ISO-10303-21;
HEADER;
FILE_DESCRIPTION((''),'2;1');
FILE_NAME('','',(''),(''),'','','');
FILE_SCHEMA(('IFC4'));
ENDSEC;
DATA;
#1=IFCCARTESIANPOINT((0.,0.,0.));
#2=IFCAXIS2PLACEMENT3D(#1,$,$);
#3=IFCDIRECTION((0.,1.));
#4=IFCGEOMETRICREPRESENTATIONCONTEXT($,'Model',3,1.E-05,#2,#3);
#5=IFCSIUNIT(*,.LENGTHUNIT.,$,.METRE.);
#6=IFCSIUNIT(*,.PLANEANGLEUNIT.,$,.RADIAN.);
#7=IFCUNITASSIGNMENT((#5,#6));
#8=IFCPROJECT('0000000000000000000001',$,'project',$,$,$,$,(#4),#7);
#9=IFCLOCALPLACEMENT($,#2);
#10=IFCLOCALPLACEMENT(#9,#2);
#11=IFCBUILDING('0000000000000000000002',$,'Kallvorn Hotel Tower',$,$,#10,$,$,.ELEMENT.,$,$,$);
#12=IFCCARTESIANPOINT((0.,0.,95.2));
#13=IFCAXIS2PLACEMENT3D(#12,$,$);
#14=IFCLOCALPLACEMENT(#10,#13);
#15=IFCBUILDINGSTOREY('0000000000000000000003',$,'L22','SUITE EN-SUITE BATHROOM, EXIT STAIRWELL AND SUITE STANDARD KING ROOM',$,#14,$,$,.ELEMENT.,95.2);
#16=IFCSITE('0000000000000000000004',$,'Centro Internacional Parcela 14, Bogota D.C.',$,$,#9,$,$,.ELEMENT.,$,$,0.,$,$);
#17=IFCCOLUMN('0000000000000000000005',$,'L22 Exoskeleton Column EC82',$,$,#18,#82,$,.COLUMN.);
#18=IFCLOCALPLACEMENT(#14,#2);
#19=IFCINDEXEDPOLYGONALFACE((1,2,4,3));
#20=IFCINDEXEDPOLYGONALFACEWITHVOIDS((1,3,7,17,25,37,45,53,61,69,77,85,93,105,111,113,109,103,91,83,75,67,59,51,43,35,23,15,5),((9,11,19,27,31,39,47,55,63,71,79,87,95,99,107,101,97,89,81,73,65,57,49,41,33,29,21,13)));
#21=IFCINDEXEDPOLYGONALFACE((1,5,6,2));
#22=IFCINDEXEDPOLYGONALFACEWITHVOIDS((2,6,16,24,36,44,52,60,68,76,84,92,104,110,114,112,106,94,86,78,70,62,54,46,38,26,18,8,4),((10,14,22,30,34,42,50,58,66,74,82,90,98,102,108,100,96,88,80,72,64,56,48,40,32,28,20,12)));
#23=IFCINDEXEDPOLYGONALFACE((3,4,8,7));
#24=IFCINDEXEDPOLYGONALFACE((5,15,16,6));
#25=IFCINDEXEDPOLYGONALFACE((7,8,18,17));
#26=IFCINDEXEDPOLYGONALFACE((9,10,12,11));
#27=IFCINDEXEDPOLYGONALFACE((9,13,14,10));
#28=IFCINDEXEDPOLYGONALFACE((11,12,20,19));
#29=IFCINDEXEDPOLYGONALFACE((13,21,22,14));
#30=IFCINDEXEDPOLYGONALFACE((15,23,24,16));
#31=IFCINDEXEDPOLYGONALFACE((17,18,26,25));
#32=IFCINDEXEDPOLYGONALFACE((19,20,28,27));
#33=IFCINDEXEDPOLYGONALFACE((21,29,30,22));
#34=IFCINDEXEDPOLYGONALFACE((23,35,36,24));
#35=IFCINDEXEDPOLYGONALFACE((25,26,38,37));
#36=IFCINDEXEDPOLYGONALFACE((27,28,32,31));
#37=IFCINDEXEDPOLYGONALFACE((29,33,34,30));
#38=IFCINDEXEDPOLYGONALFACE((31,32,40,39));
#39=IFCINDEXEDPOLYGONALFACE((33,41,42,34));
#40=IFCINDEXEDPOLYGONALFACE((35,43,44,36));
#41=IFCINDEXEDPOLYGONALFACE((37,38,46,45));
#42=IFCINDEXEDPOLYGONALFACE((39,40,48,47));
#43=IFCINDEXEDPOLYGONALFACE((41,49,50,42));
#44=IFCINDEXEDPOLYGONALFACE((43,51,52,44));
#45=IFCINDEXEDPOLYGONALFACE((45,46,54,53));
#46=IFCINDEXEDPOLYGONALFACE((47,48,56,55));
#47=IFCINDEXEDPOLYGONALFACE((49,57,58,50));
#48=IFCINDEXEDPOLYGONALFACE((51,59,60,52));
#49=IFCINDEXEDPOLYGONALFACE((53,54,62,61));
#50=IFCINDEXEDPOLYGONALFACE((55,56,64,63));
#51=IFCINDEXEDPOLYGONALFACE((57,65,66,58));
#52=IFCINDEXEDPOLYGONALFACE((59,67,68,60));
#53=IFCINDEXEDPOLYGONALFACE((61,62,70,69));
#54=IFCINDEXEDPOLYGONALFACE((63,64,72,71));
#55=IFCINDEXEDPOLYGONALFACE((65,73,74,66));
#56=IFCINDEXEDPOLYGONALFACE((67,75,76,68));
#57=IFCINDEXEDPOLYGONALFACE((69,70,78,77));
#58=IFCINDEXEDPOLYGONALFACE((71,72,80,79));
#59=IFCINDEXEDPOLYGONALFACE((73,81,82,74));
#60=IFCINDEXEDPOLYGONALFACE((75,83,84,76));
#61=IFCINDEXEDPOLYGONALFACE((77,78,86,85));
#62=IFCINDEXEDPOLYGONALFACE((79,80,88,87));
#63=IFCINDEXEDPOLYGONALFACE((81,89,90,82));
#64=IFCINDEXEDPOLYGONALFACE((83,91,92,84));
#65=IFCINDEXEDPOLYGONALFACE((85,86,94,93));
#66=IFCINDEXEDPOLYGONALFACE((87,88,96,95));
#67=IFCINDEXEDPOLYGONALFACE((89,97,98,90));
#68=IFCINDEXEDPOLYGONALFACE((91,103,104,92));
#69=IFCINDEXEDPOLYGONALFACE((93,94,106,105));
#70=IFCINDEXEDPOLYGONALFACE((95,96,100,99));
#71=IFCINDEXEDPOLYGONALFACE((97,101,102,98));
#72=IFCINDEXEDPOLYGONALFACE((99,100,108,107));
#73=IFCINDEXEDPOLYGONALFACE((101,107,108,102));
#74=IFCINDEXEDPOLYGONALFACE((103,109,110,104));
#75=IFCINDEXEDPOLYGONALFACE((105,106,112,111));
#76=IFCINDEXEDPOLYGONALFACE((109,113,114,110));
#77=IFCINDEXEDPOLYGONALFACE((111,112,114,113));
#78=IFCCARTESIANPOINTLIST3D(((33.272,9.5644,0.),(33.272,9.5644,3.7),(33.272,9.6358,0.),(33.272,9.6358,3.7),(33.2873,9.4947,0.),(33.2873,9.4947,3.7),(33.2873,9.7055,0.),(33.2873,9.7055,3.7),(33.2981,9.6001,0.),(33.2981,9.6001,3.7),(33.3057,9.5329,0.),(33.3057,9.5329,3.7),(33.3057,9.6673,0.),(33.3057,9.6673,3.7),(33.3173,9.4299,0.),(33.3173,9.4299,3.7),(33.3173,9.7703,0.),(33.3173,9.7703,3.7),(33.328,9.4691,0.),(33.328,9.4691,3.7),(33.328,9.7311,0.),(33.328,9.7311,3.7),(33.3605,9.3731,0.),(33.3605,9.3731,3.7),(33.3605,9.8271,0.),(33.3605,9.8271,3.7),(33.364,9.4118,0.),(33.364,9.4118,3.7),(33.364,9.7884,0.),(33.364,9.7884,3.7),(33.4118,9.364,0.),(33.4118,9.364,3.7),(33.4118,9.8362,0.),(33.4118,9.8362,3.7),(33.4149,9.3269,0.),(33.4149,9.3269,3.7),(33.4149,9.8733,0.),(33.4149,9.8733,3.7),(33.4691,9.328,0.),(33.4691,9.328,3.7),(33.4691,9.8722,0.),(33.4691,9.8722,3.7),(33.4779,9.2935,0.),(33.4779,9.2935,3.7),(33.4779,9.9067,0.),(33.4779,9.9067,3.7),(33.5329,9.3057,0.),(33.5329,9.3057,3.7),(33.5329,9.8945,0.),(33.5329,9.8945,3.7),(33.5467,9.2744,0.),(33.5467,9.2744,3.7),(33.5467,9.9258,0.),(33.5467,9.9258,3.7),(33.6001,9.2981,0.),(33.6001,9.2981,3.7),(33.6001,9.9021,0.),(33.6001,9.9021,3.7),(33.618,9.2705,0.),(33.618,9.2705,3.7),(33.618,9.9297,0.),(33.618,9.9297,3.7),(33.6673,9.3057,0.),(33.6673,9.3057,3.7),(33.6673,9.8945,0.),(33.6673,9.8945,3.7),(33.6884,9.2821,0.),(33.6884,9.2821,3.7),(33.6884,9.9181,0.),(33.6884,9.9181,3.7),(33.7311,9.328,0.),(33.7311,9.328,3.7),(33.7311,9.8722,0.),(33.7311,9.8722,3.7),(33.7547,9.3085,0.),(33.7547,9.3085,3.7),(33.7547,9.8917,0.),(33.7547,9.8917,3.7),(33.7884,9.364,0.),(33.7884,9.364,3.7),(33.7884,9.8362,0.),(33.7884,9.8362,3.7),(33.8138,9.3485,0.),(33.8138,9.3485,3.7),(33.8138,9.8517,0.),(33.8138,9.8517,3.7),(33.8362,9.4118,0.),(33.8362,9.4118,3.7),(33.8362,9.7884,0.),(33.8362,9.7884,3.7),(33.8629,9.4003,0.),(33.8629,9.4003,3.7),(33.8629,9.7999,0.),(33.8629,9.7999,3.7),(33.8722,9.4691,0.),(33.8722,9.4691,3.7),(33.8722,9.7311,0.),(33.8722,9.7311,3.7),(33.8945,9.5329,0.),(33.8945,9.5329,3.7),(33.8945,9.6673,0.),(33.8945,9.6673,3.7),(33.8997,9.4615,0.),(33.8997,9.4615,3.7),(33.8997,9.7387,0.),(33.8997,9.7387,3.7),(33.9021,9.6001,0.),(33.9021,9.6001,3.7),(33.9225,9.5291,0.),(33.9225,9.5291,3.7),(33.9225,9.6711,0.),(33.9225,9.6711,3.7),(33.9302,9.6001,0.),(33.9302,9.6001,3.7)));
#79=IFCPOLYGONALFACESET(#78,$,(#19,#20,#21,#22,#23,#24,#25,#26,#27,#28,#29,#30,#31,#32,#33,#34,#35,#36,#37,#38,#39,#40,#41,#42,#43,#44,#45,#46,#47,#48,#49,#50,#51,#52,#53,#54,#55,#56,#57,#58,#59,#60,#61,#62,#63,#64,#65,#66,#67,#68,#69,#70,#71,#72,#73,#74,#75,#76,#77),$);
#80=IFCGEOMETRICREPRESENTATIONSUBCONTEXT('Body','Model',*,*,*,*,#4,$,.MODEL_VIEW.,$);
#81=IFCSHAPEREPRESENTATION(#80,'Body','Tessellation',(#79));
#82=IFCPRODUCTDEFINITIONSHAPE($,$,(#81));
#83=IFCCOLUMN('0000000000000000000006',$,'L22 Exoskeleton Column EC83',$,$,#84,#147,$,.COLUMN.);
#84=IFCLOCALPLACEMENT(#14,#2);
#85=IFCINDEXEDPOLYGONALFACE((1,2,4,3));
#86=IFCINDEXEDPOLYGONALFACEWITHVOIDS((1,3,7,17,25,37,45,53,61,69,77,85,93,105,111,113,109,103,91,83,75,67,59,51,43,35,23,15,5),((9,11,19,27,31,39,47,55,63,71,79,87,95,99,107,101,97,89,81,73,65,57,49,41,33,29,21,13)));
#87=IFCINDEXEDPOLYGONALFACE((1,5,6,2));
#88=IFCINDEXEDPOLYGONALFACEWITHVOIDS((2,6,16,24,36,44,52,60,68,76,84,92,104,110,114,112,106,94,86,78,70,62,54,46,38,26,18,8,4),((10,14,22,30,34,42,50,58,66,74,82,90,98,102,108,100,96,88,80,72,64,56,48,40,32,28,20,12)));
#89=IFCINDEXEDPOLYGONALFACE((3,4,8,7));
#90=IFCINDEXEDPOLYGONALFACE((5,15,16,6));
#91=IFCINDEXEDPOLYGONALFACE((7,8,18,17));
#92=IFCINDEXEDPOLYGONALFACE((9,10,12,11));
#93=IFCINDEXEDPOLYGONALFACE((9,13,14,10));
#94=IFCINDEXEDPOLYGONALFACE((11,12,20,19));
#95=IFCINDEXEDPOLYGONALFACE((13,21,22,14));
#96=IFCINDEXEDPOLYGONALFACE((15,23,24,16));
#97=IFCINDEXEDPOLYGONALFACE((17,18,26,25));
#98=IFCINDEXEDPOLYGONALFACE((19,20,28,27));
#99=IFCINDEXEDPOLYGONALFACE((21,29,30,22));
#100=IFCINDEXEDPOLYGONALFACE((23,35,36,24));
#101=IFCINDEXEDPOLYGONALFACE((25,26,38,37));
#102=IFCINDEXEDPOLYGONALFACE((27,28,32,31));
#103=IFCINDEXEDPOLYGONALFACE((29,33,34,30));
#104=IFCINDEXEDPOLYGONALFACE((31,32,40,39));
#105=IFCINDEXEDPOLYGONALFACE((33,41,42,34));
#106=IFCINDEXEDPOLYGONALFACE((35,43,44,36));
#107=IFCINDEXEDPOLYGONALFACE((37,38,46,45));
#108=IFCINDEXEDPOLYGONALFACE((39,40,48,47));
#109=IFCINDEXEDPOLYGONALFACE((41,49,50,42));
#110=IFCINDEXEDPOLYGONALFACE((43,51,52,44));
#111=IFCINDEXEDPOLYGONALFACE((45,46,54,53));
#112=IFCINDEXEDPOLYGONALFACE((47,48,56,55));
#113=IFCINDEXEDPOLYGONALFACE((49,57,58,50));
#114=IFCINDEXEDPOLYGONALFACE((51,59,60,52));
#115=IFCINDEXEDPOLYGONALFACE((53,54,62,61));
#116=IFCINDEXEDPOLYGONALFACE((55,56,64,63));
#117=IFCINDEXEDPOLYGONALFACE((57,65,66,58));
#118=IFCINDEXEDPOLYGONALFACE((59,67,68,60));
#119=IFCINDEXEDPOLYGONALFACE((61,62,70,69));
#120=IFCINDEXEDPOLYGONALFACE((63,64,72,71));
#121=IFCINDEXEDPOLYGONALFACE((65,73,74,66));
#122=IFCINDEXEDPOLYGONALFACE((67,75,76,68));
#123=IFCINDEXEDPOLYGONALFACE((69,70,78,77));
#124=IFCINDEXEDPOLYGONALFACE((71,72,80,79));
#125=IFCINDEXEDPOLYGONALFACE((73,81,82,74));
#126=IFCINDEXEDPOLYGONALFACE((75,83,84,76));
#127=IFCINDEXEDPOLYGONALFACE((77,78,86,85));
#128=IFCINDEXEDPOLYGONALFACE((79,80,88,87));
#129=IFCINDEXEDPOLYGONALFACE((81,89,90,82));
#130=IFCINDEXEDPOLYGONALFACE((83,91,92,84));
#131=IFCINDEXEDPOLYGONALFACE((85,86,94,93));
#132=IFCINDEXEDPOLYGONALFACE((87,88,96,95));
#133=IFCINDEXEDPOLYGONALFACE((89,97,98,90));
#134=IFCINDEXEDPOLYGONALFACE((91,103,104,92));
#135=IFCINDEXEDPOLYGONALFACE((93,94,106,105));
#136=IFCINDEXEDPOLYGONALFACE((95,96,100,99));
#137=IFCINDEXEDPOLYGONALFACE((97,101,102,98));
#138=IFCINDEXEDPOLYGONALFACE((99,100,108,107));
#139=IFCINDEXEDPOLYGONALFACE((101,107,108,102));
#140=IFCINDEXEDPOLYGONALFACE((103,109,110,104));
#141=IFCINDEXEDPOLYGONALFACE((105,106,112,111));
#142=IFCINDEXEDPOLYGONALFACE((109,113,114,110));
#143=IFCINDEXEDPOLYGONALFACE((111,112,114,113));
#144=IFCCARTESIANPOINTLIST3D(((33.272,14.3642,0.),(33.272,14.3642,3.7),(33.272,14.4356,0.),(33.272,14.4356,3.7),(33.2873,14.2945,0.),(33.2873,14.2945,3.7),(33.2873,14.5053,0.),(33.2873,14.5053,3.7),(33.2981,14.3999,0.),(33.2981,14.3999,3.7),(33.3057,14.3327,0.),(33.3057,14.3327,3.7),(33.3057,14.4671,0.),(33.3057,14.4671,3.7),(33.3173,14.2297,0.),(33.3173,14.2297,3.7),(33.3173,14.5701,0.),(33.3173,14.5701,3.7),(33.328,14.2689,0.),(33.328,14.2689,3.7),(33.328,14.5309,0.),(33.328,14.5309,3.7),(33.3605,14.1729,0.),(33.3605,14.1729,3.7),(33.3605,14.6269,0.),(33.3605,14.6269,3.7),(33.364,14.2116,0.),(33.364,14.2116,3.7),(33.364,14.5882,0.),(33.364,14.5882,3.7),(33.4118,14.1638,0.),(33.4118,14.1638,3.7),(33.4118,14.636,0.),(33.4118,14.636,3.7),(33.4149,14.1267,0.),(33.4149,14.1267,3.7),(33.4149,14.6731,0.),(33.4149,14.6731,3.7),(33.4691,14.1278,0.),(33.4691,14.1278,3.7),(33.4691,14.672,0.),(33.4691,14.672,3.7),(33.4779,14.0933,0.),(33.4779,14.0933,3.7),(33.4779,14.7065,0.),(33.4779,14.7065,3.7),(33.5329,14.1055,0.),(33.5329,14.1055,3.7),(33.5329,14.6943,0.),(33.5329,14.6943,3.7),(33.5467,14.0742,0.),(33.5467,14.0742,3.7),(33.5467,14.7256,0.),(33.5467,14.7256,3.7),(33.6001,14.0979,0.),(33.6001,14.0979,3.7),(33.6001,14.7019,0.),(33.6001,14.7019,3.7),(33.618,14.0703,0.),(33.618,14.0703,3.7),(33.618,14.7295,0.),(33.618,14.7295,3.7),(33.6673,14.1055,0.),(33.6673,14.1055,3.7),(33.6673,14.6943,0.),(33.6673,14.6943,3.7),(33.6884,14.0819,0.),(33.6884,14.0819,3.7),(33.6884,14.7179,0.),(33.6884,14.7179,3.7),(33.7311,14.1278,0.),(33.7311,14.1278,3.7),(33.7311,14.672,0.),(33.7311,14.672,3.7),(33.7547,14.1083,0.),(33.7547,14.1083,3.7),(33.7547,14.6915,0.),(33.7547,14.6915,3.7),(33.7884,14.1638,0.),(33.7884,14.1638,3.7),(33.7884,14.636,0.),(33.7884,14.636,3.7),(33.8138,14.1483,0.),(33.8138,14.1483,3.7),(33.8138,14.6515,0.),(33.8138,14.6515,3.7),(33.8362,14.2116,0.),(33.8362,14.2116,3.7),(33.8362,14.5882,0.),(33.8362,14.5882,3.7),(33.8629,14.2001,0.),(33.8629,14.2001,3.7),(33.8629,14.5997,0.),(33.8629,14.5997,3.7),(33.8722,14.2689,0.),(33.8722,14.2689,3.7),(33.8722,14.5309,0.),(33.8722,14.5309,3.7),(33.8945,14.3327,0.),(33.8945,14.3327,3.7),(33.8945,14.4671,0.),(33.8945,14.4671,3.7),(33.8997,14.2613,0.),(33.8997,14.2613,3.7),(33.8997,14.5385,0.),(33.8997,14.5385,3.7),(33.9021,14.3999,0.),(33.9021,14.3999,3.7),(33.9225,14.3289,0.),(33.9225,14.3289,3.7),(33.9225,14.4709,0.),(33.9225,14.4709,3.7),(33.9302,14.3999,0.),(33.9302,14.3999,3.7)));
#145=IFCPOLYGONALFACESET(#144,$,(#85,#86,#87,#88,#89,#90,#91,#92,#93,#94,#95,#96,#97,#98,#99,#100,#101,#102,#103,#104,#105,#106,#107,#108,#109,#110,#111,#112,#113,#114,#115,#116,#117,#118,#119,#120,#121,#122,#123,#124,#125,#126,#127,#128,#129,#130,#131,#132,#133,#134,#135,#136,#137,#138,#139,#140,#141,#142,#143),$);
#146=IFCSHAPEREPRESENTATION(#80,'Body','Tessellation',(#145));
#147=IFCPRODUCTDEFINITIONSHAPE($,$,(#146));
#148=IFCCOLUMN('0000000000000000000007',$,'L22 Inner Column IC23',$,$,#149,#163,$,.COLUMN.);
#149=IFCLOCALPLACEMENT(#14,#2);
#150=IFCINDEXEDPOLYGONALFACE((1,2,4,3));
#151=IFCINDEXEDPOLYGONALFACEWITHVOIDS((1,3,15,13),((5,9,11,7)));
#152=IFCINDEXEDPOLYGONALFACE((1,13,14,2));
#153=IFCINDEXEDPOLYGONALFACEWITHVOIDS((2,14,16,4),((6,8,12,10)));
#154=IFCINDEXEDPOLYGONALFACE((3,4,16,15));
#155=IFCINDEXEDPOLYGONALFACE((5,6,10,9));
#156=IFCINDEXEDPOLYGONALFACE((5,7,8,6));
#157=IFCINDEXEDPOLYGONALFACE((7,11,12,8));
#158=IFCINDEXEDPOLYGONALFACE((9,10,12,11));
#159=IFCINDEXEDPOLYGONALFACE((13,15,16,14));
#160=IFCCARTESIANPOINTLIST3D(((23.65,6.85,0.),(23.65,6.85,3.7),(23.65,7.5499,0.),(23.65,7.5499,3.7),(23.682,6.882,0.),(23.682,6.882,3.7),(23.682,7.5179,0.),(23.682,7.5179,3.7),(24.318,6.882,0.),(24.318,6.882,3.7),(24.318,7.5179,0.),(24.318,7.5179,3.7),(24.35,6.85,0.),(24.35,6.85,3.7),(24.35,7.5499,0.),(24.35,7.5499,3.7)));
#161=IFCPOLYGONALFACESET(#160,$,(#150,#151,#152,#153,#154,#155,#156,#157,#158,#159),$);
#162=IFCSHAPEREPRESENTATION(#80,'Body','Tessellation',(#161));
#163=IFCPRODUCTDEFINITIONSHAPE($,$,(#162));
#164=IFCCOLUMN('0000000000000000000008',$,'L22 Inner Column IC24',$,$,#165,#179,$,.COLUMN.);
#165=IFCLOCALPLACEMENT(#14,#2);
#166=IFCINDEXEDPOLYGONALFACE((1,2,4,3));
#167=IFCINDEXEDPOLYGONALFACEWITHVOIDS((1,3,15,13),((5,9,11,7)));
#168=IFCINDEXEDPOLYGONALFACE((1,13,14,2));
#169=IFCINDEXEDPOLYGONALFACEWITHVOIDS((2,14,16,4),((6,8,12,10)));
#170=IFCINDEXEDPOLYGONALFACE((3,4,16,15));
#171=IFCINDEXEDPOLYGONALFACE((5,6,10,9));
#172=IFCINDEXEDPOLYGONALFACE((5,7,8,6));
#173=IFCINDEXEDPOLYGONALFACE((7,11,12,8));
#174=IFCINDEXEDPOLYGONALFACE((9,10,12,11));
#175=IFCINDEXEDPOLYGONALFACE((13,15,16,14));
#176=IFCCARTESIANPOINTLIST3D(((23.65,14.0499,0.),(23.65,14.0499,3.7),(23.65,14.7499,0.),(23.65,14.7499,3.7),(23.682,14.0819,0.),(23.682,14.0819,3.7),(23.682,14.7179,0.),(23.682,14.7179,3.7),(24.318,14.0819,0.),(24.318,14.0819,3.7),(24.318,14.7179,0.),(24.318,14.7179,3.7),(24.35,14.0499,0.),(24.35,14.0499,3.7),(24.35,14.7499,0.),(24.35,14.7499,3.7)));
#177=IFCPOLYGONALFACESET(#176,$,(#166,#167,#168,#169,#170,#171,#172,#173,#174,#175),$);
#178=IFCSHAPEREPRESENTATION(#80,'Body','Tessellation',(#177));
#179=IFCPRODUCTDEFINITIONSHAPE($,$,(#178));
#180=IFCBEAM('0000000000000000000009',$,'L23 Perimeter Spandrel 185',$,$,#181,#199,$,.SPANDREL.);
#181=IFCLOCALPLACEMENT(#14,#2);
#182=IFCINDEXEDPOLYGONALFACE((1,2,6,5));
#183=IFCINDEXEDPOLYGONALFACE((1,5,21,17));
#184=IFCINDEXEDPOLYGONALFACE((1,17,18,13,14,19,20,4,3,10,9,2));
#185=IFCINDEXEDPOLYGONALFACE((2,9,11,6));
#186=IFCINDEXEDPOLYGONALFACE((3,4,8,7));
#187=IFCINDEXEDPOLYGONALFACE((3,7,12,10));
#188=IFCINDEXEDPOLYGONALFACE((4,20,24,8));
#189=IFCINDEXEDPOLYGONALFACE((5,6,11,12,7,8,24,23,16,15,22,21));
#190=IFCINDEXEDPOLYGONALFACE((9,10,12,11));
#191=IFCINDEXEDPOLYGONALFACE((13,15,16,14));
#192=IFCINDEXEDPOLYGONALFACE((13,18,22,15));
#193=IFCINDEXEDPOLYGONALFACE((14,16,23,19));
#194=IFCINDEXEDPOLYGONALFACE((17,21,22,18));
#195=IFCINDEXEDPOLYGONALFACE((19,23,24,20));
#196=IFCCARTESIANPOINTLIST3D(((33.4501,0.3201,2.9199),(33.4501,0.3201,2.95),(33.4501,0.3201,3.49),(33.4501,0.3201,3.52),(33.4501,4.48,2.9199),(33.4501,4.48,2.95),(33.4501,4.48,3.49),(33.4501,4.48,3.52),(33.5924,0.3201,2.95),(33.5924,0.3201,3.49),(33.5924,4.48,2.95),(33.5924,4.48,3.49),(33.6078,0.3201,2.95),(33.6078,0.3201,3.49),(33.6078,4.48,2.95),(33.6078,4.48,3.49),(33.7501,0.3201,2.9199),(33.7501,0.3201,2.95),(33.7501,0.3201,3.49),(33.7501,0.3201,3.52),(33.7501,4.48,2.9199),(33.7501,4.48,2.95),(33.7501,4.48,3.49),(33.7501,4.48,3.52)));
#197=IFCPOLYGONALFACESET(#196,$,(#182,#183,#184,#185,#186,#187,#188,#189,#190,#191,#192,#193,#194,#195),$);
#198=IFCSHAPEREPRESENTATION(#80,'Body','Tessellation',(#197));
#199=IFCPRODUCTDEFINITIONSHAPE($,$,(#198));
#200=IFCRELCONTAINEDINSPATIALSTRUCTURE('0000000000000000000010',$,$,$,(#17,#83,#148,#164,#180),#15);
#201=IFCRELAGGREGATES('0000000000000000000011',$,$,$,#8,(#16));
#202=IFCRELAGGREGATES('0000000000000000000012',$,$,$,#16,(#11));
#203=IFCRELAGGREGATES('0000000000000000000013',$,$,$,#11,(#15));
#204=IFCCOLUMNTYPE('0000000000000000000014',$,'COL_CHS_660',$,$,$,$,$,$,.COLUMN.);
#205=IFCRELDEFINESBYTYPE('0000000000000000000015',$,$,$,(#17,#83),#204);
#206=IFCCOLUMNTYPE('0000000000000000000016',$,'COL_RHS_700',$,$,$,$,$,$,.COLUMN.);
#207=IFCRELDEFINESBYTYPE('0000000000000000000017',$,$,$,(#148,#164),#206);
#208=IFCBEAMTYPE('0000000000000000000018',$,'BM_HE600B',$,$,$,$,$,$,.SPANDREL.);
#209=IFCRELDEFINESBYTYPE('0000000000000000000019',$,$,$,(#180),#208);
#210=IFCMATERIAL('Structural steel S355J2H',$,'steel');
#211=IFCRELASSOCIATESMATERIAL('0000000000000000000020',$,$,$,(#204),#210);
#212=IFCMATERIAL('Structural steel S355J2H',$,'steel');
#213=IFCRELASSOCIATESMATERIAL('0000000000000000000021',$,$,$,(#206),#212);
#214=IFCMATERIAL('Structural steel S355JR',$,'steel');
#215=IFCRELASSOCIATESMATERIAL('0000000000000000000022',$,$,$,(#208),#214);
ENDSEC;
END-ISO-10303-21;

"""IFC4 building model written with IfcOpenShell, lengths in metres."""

from ifc_helpers import new_model, si_unit, direction, frame, origin, origin_2d, place, context, subcontext, project, spatial, hollow_rectangle, hollow_circle, i_section, extrude, material, material_profile, profile_set, type_object, element, save


model = new_model("IFC4")

# Units and contexts
model_context = context("Model", 3, precision=1e-05, world=origin(), true_north=direction((0.0, 1.0)))
body_context = subcontext(model_context, "Body", "Model", "MODEL_VIEW")
ifc_project = project(units=[si_unit("LENGTHUNIT", "METRE"), si_unit("PLANEANGLEUNIT", "RADIAN")], contexts=[model_context])

# Site, building, storey
site_placement = place(None, origin())
site = spatial("IfcSite", under=ifc_project, at=site_placement, Name="Centro Internacional Parcela 14, Bogota D.C.", CompositionType="ELEMENT", RefElevation=0.0)
building_placement = place(site_placement, origin())
building = spatial("IfcBuilding", under=site, at=building_placement, Name="Kallvorn Hotel Tower", CompositionType="ELEMENT")
storey_placement = place(building_placement, frame((0.0, 0.0, 95.2)))
storey = spatial("IfcBuildingStorey", under=building, at=storey_placement, Name="L22", Description="SUITE EN-SUITE BATHROOM, EXIT STAIRWELL AND SUITE STANDARD KING ROOM", CompositionType="ELEMENT", Elevation=95.2)

# Columns
ifc_material_1 = material(Name="Structural steel S355J2H", Category="steel")
ifc_material_profile_1 = material_profile(ifc_material_1, hollow_circle(Radius=0.3301, WallThickness=0.0281, at=origin_2d()), Name="CHS 660x28")
ifc_profile_set_1 = profile_set([ifc_material_profile_1], Name="Structural steel S355J2H")
column_type_1 = type_object("IfcColumnType", Name="COL_CHS_660", PredefinedType="COLUMN", material=ifc_profile_set_1)
for number, where, z_axis, x_axis, name in (
    (1, (33.6001, 9.6001, 0.0), (0.0, 0.0, 1.0), (1.0, 0.0, 0.0), "L22 Exoskeleton Column EC82"),
    (2, (33.6001, 14.3999, 0.0), (0.0, 0.0, 1.0), (1.0, 0.0, 0.0), "L22 Exoskeleton Column EC83"),
):
    element("IfcColumn", number, at=place(storey_placement, frame(where, z_axis=z_axis, x_axis=x_axis)), inside=storey, type_object=column_type_1, Name=name, PredefinedType="COLUMN", context=body_context, shape_type="SweptSolid", body=[
        extrude(hollow_circle(Radius=0.3301, WallThickness=0.0281, at=origin_2d()), origin(), (0.0, 0.0, 1.0), 3.7),
    ])
ifc_material_2 = material(Name="Structural steel S355J2H", Category="steel")
ifc_material_profile_2 = material_profile(ifc_material_2, hollow_rectangle(XDim=0.7, YDim=0.7, WallThickness=0.032, at=origin_2d()), Name="RHS 700x700x32")
ifc_profile_set_2 = profile_set([ifc_material_profile_2], Name="Structural steel S355J2H")
column_type_2 = type_object("IfcColumnType", Name="COL_RHS_700", PredefinedType="COLUMN", material=ifc_profile_set_2)
for number, where, z_axis, x_axis, name in (
    (3, (24.0, 7.2, 0.0), (0.0, 0.0, 1.0), (1.0, 0.0, 0.0), "L22 Inner Column IC23"),
    (4, (24.0, 14.3999, 0.0), (0.0, 0.0, 1.0), (1.0, 0.0, 0.0), "L22 Inner Column IC24"),
):
    element("IfcColumn", number, at=place(storey_placement, frame(where, z_axis=z_axis, x_axis=x_axis)), inside=storey, type_object=column_type_2, Name=name, PredefinedType="COLUMN", context=body_context, shape_type="SweptSolid", body=[
        extrude(hollow_rectangle(XDim=0.7, YDim=0.7, WallThickness=0.032, at=origin_2d()), origin(), (0.0, 0.0, 1.0), 3.7),
    ])

# Beam
ifc_material_3 = material(Name="Structural steel S355JR", Category="steel")
ifc_material_profile_3 = material_profile(ifc_material_3, i_section(OverallWidth=0.3, OverallDepth=0.6001, WebThickness=0.0154, FlangeThickness=0.03, at=origin_2d()), Name="HE 600 B")
ifc_profile_set_3 = profile_set([ifc_material_profile_3], Name="Structural steel S355JR")
beam_type_1 = type_object("IfcBeamType", Name="BM_HE600B", PredefinedType="SPANDREL", material=ifc_profile_set_3)
for number, where, z_axis, x_axis, name in (
    (5, (33.6001, 0.3201, 3.22), (0.0, 1.0, 0.0), (-1.0, 0.0, 0.0), "L23 Perimeter Spandrel 185"),
):
    element("IfcBeam", number, at=place(storey_placement, frame(where, z_axis=z_axis, x_axis=x_axis)), inside=storey, type_object=beam_type_1, Name=name, PredefinedType="SPANDREL", context=body_context, shape_type="SweptSolid", body=[
        extrude(i_section(OverallWidth=0.3, OverallDepth=0.6001, WebThickness=0.0154, FlangeThickness=0.03, at=origin_2d()), origin(), (0.0, 0.0, 1.0), 4.1599),
    ])

save(model, "model.ifc")
